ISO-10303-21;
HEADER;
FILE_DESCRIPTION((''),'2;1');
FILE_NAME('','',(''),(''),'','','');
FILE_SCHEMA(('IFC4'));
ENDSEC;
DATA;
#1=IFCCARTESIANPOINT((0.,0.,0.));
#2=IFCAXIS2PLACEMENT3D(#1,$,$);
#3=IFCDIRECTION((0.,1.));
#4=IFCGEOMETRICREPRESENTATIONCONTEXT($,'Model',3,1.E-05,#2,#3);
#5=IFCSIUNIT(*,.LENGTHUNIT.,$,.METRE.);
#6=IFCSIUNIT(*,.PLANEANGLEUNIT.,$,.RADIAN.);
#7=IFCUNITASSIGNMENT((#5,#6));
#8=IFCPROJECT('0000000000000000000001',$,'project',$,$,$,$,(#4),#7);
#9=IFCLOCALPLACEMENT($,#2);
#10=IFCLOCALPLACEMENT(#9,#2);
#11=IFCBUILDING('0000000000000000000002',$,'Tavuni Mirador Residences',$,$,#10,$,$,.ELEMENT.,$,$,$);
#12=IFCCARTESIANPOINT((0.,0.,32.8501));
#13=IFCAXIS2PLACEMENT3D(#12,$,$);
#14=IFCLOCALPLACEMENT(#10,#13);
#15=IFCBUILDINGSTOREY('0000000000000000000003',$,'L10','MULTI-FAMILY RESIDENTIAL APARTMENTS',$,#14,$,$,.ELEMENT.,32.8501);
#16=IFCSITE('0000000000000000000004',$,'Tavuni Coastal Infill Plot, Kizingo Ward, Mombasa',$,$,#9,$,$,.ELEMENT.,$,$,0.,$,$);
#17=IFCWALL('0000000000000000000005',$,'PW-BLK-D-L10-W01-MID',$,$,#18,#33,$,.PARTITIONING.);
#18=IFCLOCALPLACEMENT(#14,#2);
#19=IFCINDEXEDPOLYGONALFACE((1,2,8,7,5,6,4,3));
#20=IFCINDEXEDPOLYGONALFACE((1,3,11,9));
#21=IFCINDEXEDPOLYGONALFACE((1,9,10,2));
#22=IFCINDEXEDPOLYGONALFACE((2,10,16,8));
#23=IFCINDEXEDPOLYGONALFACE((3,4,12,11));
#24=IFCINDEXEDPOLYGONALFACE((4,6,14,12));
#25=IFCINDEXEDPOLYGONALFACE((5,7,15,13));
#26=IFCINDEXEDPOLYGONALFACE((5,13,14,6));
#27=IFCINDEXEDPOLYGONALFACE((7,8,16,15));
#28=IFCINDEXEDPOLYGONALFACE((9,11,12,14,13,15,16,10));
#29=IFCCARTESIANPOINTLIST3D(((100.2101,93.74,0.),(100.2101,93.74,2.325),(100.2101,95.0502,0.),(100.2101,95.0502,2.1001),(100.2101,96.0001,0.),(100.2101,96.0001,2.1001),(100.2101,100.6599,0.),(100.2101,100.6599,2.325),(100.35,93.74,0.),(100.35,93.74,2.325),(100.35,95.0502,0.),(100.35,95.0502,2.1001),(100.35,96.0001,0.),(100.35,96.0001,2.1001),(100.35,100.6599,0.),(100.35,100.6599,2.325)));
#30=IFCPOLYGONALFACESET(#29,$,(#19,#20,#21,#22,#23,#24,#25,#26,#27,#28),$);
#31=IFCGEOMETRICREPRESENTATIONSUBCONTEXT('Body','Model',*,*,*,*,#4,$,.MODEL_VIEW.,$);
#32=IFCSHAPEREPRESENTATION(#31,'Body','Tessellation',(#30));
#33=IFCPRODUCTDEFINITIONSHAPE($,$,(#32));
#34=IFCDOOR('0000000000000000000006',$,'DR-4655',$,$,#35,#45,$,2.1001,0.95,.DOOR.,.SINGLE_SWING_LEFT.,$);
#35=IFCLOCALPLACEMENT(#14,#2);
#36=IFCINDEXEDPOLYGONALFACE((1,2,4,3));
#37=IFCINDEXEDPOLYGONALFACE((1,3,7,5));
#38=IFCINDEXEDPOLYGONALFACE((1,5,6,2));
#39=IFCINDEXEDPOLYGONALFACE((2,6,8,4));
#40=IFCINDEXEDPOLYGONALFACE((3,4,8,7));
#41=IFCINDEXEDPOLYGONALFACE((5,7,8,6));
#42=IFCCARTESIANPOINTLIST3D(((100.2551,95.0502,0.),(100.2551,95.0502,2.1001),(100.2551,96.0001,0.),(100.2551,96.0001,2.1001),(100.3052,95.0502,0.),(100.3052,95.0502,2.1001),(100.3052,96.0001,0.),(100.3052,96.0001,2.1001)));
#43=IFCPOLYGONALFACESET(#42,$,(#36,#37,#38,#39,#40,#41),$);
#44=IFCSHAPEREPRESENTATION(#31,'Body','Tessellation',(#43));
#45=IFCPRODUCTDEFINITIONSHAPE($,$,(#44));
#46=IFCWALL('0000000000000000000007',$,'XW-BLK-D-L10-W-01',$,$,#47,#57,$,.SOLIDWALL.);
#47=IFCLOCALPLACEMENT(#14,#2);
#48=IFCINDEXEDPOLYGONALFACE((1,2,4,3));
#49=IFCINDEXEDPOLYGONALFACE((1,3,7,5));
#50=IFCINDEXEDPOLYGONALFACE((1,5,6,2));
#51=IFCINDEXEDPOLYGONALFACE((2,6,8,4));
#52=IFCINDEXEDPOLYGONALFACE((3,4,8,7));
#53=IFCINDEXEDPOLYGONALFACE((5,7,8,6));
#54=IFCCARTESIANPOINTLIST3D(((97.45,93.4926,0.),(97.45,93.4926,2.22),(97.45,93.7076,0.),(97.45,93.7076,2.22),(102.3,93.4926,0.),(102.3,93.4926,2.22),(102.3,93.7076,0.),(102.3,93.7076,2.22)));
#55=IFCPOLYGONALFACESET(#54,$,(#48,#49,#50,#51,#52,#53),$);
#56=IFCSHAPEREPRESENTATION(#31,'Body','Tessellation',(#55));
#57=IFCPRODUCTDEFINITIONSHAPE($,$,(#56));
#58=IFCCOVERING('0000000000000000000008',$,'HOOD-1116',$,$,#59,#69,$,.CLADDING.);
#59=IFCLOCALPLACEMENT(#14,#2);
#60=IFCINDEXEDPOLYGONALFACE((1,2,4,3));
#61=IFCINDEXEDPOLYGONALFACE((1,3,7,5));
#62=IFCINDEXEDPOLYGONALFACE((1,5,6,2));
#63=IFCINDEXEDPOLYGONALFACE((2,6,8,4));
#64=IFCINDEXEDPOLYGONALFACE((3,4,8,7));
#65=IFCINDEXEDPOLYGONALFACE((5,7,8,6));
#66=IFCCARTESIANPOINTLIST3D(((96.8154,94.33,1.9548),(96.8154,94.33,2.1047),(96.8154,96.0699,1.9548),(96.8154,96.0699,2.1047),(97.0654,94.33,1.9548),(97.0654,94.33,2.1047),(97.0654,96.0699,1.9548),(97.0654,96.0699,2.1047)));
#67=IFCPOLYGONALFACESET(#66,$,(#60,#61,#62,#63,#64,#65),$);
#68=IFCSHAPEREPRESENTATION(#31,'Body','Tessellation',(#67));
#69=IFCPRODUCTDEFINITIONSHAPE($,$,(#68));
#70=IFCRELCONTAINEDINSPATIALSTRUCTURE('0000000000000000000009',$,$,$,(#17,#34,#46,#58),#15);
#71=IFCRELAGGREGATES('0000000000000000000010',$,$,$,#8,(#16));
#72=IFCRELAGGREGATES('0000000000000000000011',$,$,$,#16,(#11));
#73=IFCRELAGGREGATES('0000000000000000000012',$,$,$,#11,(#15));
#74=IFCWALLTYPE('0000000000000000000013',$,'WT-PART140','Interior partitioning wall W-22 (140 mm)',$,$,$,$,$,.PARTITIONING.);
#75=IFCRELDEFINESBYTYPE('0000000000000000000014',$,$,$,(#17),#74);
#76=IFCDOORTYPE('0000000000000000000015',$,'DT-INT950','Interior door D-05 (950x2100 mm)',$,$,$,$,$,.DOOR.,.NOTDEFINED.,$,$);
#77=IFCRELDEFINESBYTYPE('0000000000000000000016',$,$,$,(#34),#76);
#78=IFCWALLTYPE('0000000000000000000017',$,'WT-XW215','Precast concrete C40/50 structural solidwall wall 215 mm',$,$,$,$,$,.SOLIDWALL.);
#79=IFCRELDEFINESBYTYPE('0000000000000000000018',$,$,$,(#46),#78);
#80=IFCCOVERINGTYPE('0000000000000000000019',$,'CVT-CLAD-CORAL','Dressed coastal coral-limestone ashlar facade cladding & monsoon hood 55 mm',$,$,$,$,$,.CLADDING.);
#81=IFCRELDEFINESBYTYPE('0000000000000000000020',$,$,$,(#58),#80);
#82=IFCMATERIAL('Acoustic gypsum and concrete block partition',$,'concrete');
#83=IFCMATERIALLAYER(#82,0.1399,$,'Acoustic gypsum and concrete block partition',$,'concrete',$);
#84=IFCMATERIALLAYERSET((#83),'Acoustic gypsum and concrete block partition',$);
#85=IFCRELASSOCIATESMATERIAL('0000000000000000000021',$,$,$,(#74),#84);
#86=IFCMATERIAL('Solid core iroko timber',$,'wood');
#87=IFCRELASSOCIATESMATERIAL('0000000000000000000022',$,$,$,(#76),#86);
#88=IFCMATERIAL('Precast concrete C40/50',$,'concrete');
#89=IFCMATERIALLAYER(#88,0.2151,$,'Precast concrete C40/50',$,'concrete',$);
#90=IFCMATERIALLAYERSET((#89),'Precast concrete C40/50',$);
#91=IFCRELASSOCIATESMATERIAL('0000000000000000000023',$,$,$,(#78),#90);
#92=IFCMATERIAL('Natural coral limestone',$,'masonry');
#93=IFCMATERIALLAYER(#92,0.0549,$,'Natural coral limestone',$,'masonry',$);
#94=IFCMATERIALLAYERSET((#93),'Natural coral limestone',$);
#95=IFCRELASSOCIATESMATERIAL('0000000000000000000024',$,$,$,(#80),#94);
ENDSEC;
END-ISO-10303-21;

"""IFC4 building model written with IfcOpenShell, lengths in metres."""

from ifc_helpers import new_model, si_unit, direction, frame, frame_2d, origin, origin_2d, place, context, subcontext, project, spatial, rectangle, extrude, material, layer, layer_set, type_object, element, fill, save


model = new_model("IFC4")

# Units and contexts
model_context = context("Model", 3, precision=1e-05, world=origin(), true_north=direction((0.0, 1.0)))
body_context = subcontext(model_context, "Body", "Model", "MODEL_VIEW")
ifc_project = project(units=[si_unit("LENGTHUNIT", "METRE"), si_unit("PLANEANGLEUNIT", "RADIAN")], contexts=[model_context])

# Site, building, storey
site_placement = place(None, origin())
site = spatial("IfcSite", under=ifc_project, at=site_placement, Name="Tavuni Coastal Infill Plot, Kizingo Ward, Mombasa", CompositionType="ELEMENT", RefElevation=0.0)
building_placement = place(site_placement, origin())
building = spatial("IfcBuilding", under=site, at=building_placement, Name="Tavuni Mirador Residences", CompositionType="ELEMENT")
storey_placement = place(building_placement, frame((0.0, 0.0, 32.8501)))
storey = spatial("IfcBuildingStorey", under=building, at=storey_placement, Name="L10", Description="MULTI-FAMILY RESIDENTIAL APARTMENTS", CompositionType="ELEMENT", Elevation=32.8501)

# Shared definitions
ifc_material_1 = material(Name="Precast concrete C40/50", Category="concrete")

# Wall, opening, door
ifc_material_2 = material(Name="Solid core iroko timber", Category="wood")
ifc_material_3 = material(Name="Acoustic gypsum and concrete block partition", Category="concrete")
ifc_layer_1 = layer(ifc_material_3, 0.1399, Name="Acoustic gypsum and concrete block partition", Category="concrete")
ifc_layer_set_1 = layer_set([ifc_layer_1], Name="Acoustic gypsum and concrete block partition")
wall_type_1 = type_object("IfcWallType", Name="WT-PART140", Description="Interior partitioning wall W-22 (140 mm)", PredefinedType="PARTITIONING", material=ifc_layer_set_1)
wall_1_placement = place(storey_placement, frame((100.28, 93.74, 0.0), z_axis=(0.0, 0.0, 1.0), x_axis=(0.0, 1.0, 0.0)))
wall_1 = element("IfcWall", 1, at=wall_1_placement, inside=storey, type_object=wall_type_1, Name="PW-BLK-D-L10-W01-MID", PredefinedType="PARTITIONING", context=body_context, shape_type="SweptSolid", body=[
    extrude(rectangle(XDim=6.9199, YDim=0.1399, at=frame_2d((3.46, 0.0))), origin(), (0.0, 0.0, 1.0), 2.325),
])
opening_1_placement = place(wall_1_placement, frame((1.3101, 0.0, 0.0)))
opening_1 = element("IfcOpeningElement", 2, at=opening_1_placement, cuts=wall_1, PredefinedType="OPENING", context=body_context, shape_type="SweptSolid", body=[
    extrude(rectangle(XDim=0.95, YDim=2.1001, at=frame_2d((0.4751, 1.05))), frame((0.0, 0.0801, 0.0), z_axis=(0.0, -1.0, 0.0), x_axis=(1.0, 0.0, 0.0)), (0.0, 0.0, 1.0), 0.1599),
])
door_type_1 = type_object("IfcDoorType", Name="DT-INT950", Description="Interior door D-05 (950x2100 mm)", OperationType="NOTDEFINED", PredefinedType="DOOR", material=ifc_material_2)
door_1_placement = place(opening_1_placement, origin())
door_1 = element("IfcDoor", 3, at=door_1_placement, inside=storey, type_object=door_type_1, Name="DR-4655", OperationType="SINGLE_SWING_LEFT", OverallHeight=2.1001, OverallWidth=0.95, PredefinedType="DOOR", context=body_context, shape_type="SweptSolid", body=[
    extrude(rectangle(XDim=0.95, YDim=2.1001, at=frame_2d((0.4751, 1.05))), frame((0.0, 0.0249, 0.0), z_axis=(0.0, -1.0, 0.0), x_axis=(1.0, 0.0, 0.0)), (0.0, 0.0, 1.0), 0.05),
])
fill(opening_1, door_1)

# Wall
ifc_layer_2 = layer(ifc_material_1, 0.2151, Name="Precast concrete C40/50", Category="concrete")
ifc_layer_set_2 = layer_set([ifc_layer_2], Name="Precast concrete C40/50")
wall_type_2 = type_object("IfcWallType", Name="WT-XW215", Description="Precast concrete C40/50 structural solidwall wall 215 mm", PredefinedType="SOLIDWALL", material=ifc_layer_set_2)
wall_2_placement = place(storey_placement, frame((97.45, 93.6001, 0.0), z_axis=(0.0, 0.0, 1.0), x_axis=(1.0, 0.0, 0.0)))
element("IfcWall", 4, at=wall_2_placement, inside=storey, type_object=wall_type_2, Name="XW-BLK-D-L10-W-01", PredefinedType="SOLIDWALL", context=body_context, shape_type="SweptSolid", body=[
    extrude(rectangle(XDim=4.8501, YDim=0.2151, at=frame_2d((2.425, 0.0))), origin(), (0.0, 0.0, 1.0), 2.22),
])

# Covering
ifc_material_4 = material(Name="Natural coral limestone", Category="masonry")
ifc_layer_3 = layer(ifc_material_4, 0.0549, Name="Natural coral limestone", Category="masonry")
ifc_layer_set_3 = layer_set([ifc_layer_3], Name="Natural coral limestone")
covering_type = type_object("IfcCoveringType", Name="CVT-CLAD-CORAL", Description="Dressed coastal coral-limestone ashlar facade cladding & monsoon hood 55 mm", PredefinedType="CLADDING", material=ifc_layer_set_3)
covering_placement = place(storey_placement, frame((96.9404, 95.2, 1.9548), z_axis=(0.0, 0.0, 1.0), x_axis=(0.0, -1.0, 0.0)))
element("IfcCovering", 5, at=covering_placement, inside=storey, type_object=covering_type, Name="HOOD-1116", PredefinedType="CLADDING", context=body_context, shape_type="SweptSolid", body=[
    extrude(rectangle(XDim=1.74, YDim=0.25, at=origin_2d()), origin(), (0.0, 0.0, 1.0), 0.1499),
])

save(model, "model.ifc")
